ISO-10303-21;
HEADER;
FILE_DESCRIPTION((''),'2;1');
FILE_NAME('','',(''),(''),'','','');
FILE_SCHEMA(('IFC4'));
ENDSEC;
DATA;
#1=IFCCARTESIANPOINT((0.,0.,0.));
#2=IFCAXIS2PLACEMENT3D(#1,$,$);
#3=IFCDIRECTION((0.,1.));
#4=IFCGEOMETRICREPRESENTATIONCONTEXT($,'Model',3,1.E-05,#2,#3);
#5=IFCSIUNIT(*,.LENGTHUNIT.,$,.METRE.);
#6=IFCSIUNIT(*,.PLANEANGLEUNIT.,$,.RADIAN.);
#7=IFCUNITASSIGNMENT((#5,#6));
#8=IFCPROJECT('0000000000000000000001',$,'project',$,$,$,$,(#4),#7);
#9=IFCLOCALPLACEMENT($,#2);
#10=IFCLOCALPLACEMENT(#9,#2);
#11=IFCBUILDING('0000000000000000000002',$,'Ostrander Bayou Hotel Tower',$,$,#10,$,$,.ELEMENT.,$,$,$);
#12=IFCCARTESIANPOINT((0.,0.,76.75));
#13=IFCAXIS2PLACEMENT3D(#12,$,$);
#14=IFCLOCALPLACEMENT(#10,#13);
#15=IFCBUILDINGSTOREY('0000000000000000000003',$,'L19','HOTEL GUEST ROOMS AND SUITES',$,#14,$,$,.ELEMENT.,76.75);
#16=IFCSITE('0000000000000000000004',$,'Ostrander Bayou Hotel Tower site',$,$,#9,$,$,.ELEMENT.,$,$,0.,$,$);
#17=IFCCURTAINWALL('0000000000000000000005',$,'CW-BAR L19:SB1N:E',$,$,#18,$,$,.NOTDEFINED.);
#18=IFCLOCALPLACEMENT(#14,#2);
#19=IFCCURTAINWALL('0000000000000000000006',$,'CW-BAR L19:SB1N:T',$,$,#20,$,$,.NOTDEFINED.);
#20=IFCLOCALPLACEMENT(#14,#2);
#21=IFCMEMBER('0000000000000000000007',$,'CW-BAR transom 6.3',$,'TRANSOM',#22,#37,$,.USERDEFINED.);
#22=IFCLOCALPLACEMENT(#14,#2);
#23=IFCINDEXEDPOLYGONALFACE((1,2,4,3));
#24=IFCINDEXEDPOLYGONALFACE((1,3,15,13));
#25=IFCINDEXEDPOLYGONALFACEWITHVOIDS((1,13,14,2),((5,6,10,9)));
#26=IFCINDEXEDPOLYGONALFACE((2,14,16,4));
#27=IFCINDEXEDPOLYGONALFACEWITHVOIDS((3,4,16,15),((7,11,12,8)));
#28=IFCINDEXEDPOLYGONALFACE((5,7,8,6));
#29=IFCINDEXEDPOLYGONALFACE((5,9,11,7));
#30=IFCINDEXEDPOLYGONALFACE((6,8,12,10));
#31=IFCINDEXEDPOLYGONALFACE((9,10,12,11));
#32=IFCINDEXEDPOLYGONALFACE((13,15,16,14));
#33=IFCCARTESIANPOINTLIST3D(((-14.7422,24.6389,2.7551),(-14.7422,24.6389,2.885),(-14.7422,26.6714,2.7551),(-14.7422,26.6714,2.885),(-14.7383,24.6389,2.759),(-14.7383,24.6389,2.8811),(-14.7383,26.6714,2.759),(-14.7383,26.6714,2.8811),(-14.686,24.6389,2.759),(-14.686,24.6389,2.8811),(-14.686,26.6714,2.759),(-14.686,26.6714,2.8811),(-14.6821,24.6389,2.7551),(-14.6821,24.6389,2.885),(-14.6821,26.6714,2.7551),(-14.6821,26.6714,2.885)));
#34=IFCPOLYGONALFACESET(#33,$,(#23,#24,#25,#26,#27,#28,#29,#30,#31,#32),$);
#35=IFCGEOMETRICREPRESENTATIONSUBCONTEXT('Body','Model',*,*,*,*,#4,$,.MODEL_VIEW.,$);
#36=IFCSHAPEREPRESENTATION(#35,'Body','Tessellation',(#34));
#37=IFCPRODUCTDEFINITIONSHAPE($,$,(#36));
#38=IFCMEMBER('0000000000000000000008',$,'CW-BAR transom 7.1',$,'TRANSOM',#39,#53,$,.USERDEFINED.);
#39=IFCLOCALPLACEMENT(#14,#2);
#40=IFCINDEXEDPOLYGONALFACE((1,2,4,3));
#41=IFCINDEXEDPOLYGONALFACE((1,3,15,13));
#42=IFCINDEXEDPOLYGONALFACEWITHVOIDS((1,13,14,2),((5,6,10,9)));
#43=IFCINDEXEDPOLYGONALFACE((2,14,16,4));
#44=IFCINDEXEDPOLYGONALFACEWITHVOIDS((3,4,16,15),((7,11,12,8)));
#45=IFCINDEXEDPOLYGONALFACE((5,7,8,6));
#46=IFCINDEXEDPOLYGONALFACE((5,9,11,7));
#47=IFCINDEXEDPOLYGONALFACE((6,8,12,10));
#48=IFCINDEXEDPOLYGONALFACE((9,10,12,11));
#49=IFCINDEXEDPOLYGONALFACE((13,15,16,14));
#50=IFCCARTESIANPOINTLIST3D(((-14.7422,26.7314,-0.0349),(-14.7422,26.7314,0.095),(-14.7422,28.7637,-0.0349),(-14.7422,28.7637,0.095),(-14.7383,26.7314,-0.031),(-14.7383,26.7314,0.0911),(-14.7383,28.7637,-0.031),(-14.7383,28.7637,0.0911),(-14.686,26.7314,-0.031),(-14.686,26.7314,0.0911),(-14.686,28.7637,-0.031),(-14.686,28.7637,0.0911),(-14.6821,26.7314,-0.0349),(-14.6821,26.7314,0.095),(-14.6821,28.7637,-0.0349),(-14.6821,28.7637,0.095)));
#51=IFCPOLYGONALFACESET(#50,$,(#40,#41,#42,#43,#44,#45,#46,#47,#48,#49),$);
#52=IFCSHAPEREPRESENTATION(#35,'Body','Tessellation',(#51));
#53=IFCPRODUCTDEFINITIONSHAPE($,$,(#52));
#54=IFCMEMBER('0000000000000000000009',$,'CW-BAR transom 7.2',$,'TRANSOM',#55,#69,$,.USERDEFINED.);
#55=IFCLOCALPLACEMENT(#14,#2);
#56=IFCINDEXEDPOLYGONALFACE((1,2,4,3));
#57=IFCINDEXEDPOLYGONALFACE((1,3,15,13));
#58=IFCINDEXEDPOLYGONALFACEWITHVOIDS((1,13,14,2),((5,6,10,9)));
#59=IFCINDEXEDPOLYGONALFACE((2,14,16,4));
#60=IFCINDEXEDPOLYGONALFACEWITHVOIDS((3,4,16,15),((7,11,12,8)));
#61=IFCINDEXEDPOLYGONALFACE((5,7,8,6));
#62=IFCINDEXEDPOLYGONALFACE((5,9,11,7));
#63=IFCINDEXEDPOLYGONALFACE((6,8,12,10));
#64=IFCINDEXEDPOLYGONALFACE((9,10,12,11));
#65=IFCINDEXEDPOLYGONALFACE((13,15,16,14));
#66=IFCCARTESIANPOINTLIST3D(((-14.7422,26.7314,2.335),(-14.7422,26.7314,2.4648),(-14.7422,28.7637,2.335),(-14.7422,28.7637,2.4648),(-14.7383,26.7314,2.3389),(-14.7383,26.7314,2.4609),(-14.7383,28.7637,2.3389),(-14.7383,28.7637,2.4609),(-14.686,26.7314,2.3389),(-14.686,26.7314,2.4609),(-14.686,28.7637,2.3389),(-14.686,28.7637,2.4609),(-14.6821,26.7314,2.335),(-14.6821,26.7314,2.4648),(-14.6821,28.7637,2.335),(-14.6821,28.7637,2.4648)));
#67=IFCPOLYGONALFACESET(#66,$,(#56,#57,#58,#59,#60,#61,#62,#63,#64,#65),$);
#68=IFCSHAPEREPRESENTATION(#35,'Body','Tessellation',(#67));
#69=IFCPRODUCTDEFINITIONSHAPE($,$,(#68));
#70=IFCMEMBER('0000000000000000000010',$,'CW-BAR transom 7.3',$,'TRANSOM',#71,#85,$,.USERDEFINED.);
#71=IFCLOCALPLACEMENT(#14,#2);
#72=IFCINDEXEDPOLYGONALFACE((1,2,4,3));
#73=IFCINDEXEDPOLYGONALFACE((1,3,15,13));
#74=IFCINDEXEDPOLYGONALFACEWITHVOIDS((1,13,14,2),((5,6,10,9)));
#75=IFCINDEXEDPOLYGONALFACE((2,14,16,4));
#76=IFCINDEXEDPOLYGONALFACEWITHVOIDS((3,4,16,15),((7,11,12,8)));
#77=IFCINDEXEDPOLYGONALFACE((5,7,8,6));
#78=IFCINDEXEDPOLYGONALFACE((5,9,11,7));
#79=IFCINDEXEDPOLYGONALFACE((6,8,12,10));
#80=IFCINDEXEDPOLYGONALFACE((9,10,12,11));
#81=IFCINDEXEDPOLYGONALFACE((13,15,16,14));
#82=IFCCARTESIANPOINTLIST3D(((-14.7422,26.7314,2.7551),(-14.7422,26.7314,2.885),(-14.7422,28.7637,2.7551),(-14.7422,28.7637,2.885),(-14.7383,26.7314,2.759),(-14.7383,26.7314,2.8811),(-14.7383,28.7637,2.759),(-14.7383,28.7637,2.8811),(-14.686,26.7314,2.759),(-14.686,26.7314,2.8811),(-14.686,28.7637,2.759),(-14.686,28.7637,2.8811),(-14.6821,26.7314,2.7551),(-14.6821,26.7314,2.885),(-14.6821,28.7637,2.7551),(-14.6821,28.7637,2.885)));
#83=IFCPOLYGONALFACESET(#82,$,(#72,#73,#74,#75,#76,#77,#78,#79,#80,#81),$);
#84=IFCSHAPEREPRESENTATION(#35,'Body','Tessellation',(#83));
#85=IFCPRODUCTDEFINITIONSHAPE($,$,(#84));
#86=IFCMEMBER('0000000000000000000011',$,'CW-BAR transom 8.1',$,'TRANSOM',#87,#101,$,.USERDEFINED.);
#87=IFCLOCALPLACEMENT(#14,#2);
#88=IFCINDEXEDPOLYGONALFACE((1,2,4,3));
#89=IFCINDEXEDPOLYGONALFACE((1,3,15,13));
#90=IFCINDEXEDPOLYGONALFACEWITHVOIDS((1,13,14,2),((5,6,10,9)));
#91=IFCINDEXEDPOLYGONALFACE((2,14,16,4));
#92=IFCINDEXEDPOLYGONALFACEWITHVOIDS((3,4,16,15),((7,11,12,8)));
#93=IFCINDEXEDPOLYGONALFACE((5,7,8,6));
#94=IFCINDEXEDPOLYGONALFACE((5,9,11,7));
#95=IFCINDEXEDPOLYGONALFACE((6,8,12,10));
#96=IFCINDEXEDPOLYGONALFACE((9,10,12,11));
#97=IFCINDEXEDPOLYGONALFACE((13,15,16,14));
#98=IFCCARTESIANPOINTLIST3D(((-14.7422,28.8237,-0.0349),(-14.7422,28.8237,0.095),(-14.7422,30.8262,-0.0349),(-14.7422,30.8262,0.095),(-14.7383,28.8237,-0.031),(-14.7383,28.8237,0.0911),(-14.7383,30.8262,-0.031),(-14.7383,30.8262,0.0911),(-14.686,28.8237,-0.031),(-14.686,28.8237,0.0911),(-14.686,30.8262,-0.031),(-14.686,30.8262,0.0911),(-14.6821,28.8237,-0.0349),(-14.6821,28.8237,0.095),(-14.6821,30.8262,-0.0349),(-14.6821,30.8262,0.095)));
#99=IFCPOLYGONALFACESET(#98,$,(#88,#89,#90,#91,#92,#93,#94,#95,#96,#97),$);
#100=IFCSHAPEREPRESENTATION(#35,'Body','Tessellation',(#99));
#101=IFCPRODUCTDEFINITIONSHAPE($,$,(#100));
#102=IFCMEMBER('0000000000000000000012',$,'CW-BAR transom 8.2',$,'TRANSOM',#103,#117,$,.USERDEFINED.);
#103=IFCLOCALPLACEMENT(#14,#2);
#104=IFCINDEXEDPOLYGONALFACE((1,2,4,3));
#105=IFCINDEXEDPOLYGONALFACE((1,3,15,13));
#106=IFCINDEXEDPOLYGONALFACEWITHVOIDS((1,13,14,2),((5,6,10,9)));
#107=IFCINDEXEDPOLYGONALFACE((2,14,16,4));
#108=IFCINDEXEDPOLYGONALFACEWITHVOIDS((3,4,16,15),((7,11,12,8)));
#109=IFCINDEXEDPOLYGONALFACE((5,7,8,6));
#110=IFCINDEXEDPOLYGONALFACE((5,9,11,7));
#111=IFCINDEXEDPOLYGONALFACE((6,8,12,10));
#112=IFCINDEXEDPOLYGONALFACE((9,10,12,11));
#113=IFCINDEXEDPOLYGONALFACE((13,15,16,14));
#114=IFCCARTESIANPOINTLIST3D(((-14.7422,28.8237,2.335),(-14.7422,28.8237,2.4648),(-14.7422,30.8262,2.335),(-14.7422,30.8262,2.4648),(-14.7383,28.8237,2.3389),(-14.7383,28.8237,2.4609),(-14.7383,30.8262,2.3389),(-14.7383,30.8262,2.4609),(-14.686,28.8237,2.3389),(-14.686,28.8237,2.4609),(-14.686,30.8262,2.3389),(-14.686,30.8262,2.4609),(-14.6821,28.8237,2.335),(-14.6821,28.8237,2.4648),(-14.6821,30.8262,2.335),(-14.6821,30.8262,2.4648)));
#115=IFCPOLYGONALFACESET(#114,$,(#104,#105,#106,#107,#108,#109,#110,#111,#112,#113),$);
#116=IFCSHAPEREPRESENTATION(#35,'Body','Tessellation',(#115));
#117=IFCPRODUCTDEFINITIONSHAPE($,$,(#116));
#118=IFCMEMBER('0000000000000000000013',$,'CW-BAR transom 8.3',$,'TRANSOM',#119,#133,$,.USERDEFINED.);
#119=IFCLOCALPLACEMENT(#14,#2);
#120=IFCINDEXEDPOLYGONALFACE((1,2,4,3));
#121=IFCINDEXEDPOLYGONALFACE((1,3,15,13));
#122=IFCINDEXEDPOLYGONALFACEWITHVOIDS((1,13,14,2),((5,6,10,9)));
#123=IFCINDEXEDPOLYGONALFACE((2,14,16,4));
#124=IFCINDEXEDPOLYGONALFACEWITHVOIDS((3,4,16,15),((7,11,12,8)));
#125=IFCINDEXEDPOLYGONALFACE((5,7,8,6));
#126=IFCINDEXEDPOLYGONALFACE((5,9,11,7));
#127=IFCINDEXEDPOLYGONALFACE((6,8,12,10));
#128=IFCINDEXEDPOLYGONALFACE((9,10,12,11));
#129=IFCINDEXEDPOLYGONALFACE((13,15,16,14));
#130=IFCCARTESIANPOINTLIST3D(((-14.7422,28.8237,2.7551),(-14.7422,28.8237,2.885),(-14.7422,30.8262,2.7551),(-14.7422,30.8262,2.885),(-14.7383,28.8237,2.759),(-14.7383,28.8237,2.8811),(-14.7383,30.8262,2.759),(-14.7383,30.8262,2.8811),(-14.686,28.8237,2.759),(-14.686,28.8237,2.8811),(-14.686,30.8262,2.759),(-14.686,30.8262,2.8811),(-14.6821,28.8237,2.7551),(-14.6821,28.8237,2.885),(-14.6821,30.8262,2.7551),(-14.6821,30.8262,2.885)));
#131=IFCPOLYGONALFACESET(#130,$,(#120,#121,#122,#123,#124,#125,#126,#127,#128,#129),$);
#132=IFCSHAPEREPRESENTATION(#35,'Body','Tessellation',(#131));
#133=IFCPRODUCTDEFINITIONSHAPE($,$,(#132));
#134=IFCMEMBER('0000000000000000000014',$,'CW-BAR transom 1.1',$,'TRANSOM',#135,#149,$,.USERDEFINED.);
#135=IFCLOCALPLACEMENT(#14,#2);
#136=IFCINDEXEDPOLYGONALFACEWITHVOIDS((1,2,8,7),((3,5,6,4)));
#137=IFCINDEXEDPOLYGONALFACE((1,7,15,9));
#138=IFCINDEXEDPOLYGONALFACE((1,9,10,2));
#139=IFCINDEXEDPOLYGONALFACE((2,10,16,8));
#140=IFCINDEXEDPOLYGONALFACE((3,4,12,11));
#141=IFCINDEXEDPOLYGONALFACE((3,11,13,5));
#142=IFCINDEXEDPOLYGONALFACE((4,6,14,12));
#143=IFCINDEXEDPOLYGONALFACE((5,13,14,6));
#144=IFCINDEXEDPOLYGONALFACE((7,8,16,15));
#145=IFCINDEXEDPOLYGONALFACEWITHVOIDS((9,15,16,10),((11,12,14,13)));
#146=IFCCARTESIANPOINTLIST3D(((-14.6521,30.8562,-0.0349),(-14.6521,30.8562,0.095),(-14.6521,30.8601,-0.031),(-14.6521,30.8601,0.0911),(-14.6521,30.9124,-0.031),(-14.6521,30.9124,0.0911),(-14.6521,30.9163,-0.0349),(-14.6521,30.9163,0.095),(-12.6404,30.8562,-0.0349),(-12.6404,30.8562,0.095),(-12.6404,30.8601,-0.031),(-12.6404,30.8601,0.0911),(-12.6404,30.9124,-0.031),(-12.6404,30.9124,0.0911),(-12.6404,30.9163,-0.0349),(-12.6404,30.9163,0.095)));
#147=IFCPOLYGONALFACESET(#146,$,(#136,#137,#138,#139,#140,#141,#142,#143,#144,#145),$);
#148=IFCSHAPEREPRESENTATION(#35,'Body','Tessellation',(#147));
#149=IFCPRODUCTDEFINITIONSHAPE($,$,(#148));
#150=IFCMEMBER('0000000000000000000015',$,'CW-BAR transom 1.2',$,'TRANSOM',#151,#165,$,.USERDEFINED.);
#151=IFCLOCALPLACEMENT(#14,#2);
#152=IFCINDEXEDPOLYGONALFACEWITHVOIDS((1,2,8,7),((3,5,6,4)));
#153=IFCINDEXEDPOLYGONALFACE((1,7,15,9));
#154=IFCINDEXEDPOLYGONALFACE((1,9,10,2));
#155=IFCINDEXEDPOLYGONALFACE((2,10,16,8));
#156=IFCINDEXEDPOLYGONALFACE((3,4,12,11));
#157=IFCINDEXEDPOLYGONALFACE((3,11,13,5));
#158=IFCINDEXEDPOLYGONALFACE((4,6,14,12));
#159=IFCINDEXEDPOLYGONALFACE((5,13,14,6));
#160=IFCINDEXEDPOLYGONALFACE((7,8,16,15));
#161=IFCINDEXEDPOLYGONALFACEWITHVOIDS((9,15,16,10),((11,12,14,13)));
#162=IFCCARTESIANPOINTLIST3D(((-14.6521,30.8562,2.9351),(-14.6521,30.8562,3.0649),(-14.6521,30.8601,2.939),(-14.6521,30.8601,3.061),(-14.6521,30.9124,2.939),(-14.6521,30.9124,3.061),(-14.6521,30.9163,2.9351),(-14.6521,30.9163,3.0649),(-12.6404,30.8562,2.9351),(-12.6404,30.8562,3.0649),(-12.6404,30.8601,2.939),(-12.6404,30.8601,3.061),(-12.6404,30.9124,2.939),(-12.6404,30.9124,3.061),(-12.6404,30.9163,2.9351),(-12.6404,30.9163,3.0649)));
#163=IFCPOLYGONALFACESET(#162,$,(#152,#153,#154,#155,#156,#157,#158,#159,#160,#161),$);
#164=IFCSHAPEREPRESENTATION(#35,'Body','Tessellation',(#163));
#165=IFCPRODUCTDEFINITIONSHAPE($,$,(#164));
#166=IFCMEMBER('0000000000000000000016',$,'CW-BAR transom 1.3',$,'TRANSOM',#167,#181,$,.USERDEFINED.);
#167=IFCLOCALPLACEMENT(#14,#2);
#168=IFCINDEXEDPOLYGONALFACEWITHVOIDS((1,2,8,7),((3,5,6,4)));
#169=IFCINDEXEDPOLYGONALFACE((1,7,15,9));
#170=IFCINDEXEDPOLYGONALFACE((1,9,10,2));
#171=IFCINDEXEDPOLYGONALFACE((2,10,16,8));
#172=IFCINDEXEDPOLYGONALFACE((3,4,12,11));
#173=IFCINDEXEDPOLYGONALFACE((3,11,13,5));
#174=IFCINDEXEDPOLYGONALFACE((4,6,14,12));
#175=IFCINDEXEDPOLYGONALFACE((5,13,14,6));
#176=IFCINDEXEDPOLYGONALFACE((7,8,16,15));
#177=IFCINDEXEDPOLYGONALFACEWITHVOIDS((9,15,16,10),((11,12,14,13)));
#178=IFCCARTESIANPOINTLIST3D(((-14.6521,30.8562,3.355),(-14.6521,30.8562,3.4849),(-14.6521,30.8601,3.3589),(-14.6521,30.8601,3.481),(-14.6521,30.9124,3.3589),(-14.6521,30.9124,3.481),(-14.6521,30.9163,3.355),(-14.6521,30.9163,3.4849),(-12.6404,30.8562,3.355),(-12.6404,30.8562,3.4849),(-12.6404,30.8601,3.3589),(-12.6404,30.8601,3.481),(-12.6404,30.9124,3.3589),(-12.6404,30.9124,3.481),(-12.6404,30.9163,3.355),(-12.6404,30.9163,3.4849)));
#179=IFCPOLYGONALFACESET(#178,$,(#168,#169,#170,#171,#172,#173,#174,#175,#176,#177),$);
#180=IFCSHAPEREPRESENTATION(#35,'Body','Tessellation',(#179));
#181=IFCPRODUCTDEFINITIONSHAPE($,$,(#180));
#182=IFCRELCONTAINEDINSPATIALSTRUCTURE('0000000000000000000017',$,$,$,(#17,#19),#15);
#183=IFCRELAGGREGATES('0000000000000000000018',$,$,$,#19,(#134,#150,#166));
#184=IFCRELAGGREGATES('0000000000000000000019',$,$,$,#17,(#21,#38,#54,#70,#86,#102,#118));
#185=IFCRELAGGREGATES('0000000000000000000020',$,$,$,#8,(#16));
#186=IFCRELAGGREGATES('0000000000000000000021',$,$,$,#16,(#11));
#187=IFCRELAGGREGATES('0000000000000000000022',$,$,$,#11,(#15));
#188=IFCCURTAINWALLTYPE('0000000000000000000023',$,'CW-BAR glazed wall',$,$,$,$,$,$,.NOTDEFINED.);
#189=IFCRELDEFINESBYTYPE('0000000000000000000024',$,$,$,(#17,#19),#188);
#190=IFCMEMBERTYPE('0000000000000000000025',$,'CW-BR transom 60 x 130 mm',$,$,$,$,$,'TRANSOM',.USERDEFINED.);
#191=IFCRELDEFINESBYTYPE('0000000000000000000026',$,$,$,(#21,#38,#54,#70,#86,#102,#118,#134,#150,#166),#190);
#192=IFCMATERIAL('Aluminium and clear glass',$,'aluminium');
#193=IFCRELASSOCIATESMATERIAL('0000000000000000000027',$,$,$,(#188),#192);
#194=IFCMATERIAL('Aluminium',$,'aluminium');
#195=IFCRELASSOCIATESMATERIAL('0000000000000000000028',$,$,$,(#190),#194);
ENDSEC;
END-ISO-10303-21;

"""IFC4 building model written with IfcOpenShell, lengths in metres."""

from ifc_helpers import new_model, si_unit, direction, frame, origin, origin_2d, place, context, subcontext, project, spatial, hollow_rectangle, extrude, material, material_profile, profile_set, type_object, element, aggregate, save


model = new_model("IFC4")

# Units and contexts
model_context = context("Model", 3, precision=1e-05, world=origin(), true_north=direction((0.0, 1.0)))
body_context = subcontext(model_context, "Body", "Model", "MODEL_VIEW")
ifc_project = project(units=[si_unit("LENGTHUNIT", "METRE"), si_unit("PLANEANGLEUNIT", "RADIAN")], contexts=[model_context])

# Site, building, storey
site_placement = place(None, origin())
site = spatial("IfcSite", under=ifc_project, at=site_placement, Name="Ostrander Bayou Hotel Tower site", CompositionType="ELEMENT", RefElevation=0.0)
building_placement = place(site_placement, origin())
building = spatial("IfcBuilding", under=site, at=building_placement, Name="Ostrander Bayou Hotel Tower", CompositionType="ELEMENT")
storey_placement = place(building_placement, frame((0.0, 0.0, 76.75)))
storey = spatial("IfcBuildingStorey", under=building, at=storey_placement, Name="L19", Description="HOTEL GUEST ROOMS AND SUITES", CompositionType="ELEMENT", Elevation=76.75)

# Curtain wall
ifc_material_1 = material(Name="Aluminium and clear glass", Category="aluminium")
curtain_wall_type = type_object("IfcCurtainWallType", Name="CW-BAR glazed wall", PredefinedType="NOTDEFINED", material=ifc_material_1)
curtain_wall_1_placement = place(storey_placement, origin())
curtain_wall_1 = element("IfcCurtainWall", 1, at=curtain_wall_1_placement, inside=storey, type_object=curtain_wall_type, Name="CW-BAR L19:SB1N:E", PredefinedType="NOTDEFINED")

# Curtain wall
curtain_wall_2_placement = place(storey_placement, origin())
curtain_wall_2 = element("IfcCurtainWall", 2, at=curtain_wall_2_placement, inside=storey, type_object=curtain_wall_type, Name="CW-BAR L19:SB1N:T", PredefinedType="NOTDEFINED")

# Members
ifc_material_2 = material(Name="Aluminium", Category="aluminium")
ifc_material_profile_1 = material_profile(ifc_material_2, hollow_rectangle(XDim=0.0601, YDim=0.1299, WallThickness=0.0039, at=origin_2d()))
ifc_profile_set_1 = profile_set([ifc_material_profile_1], Name="Aluminium")
member_type_1 = type_object("IfcMemberType", Name="CW-BR transom 60 x 130 mm", ElementType="TRANSOM", PredefinedType="USERDEFINED", material=ifc_profile_set_1)
member_1_placement = place(storey_placement, frame((-14.7122, 24.6389, 2.8201), z_axis=(0.0, 1.0, 0.0), x_axis=(-1.0, 0.0, 0.0)))
member_1 = element("IfcMember", 3, at=member_1_placement, type_object=member_type_1, Name="CW-BAR transom 6.3", ObjectType="TRANSOM", PredefinedType="USERDEFINED", context=body_context, shape_type="SweptSolid", body=[
    extrude(hollow_rectangle(XDim=0.0601, YDim=0.1299, WallThickness=0.0039, at=origin_2d()), origin(), (0.0, 0.0, 1.0), 2.0325),
])
member_2_placement = place(storey_placement, frame((-14.7122, 26.7314, 0.03), z_axis=(0.0, 1.0, 0.0), x_axis=(-1.0, 0.0, 0.0)))
member_2 = element("IfcMember", 4, at=member_2_placement, type_object=member_type_1, Name="CW-BAR transom 7.1", ObjectType="TRANSOM", PredefinedType="USERDEFINED", context=body_context, shape_type="SweptSolid", body=[
    extrude(hollow_rectangle(XDim=0.0601, YDim=0.1299, WallThickness=0.0039, at=origin_2d()), origin(), (0.0, 0.0, 1.0), 2.0322),
])
member_3_placement = place(storey_placement, frame((-14.7122, 26.7314, 2.3999), z_axis=(0.0, 1.0, 0.0), x_axis=(-1.0, 0.0, 0.0)))
member_3 = element("IfcMember", 5, at=member_3_placement, type_object=member_type_1, Name="CW-BAR transom 7.2", ObjectType="TRANSOM", PredefinedType="USERDEFINED", context=body_context, shape_type="SweptSolid", body=[
    extrude(hollow_rectangle(XDim=0.0601, YDim=0.1299, WallThickness=0.0039, at=origin_2d()), origin(), (0.0, 0.0, 1.0), 2.0322),
])
member_4_placement = place(storey_placement, frame((-14.7122, 26.7314, 2.8201), z_axis=(0.0, 1.0, 0.0), x_axis=(-1.0, 0.0, 0.0)))
member_4 = element("IfcMember", 6, at=member_4_placement, type_object=member_type_1, Name="CW-BAR transom 7.3", ObjectType="TRANSOM", PredefinedType="USERDEFINED", context=body_context, shape_type="SweptSolid", body=[
    extrude(hollow_rectangle(XDim=0.0601, YDim=0.1299, WallThickness=0.0039, at=origin_2d()), origin(), (0.0, 0.0, 1.0), 2.0322),
])
member_5_placement = place(storey_placement, frame((-14.7122, 28.8237, 0.03), z_axis=(0.0, 1.0, 0.0), x_axis=(-1.0, 0.0, 0.0)))
member_5 = element("IfcMember", 7, at=member_5_placement, type_object=member_type_1, Name="CW-BAR transom 8.1", ObjectType="TRANSOM", PredefinedType="USERDEFINED", context=body_context, shape_type="SweptSolid", body=[
    extrude(hollow_rectangle(XDim=0.0601, YDim=0.1299, WallThickness=0.0039, at=origin_2d()), origin(), (0.0, 0.0, 1.0), 2.0024),
])
member_6_placement = place(storey_placement, frame((-14.7122, 28.8237, 2.3999), z_axis=(0.0, 1.0, 0.0), x_axis=(-1.0, 0.0, 0.0)))
member_6 = element("IfcMember", 8, at=member_6_placement, type_object=member_type_1, Name="CW-BAR transom 8.2", ObjectType="TRANSOM", PredefinedType="USERDEFINED", context=body_context, shape_type="SweptSolid", body=[
    extrude(hollow_rectangle(XDim=0.0601, YDim=0.1299, WallThickness=0.0039, at=origin_2d()), origin(), (0.0, 0.0, 1.0), 2.0024),
])
member_7_placement = place(storey_placement, frame((-14.7122, 28.8237, 2.8201), z_axis=(0.0, 1.0, 0.0), x_axis=(-1.0, 0.0, 0.0)))
member_7 = element("IfcMember", 9, at=member_7_placement, type_object=member_type_1, Name="CW-BAR transom 8.3", ObjectType="TRANSOM", PredefinedType="USERDEFINED", context=body_context, shape_type="SweptSolid", body=[
    extrude(hollow_rectangle(XDim=0.0601, YDim=0.1299, WallThickness=0.0039, at=origin_2d()), origin(), (0.0, 0.0, 1.0), 2.0024),
])
member_8_placement = place(storey_placement, frame((-14.6521, 30.8862, 0.03), z_axis=(1.0, 0.0, 0.0), x_axis=(0.0, 1.0, 0.0)))
member_8 = element("IfcMember", 10, at=member_8_placement, type_object=member_type_1, Name="CW-BAR transom 1.1", ObjectType="TRANSOM", PredefinedType="USERDEFINED", context=body_context, shape_type="SweptSolid", body=[
    extrude(hollow_rectangle(XDim=0.0601, YDim=0.1299, WallThickness=0.0039, at=origin_2d()), origin(), (0.0, 0.0, 1.0), 2.0117),
])
member_9_placement = place(storey_placement, frame((-14.6521, 30.8862, 3.0), z_axis=(1.0, 0.0, 0.0), x_axis=(0.0, 1.0, 0.0)))
member_9 = element("IfcMember", 11, at=member_9_placement, type_object=member_type_1, Name="CW-BAR transom 1.2", ObjectType="TRANSOM", PredefinedType="USERDEFINED", context=body_context, shape_type="SweptSolid", body=[
    extrude(hollow_rectangle(XDim=0.0601, YDim=0.1299, WallThickness=0.0039, at=origin_2d()), origin(), (0.0, 0.0, 1.0), 2.0117),
])
member_10_placement = place(storey_placement, frame((-14.6521, 30.8862, 3.4199), z_axis=(1.0, 0.0, 0.0), x_axis=(0.0, 1.0, 0.0)))
member_10 = element("IfcMember", 12, at=member_10_placement, type_object=member_type_1, Name="CW-BAR transom 1.3", ObjectType="TRANSOM", PredefinedType="USERDEFINED", context=body_context, shape_type="SweptSolid", body=[
    extrude(hollow_rectangle(XDim=0.0601, YDim=0.1299, WallThickness=0.0039, at=origin_2d()), origin(), (0.0, 0.0, 1.0), 2.0117),
])
aggregate(curtain_wall_2, [member_8, member_9, member_10])

aggregate(curtain_wall_1, [member_1, member_2, member_3, member_4, member_5, member_6, member_7])

save(model, "model.ifc")
